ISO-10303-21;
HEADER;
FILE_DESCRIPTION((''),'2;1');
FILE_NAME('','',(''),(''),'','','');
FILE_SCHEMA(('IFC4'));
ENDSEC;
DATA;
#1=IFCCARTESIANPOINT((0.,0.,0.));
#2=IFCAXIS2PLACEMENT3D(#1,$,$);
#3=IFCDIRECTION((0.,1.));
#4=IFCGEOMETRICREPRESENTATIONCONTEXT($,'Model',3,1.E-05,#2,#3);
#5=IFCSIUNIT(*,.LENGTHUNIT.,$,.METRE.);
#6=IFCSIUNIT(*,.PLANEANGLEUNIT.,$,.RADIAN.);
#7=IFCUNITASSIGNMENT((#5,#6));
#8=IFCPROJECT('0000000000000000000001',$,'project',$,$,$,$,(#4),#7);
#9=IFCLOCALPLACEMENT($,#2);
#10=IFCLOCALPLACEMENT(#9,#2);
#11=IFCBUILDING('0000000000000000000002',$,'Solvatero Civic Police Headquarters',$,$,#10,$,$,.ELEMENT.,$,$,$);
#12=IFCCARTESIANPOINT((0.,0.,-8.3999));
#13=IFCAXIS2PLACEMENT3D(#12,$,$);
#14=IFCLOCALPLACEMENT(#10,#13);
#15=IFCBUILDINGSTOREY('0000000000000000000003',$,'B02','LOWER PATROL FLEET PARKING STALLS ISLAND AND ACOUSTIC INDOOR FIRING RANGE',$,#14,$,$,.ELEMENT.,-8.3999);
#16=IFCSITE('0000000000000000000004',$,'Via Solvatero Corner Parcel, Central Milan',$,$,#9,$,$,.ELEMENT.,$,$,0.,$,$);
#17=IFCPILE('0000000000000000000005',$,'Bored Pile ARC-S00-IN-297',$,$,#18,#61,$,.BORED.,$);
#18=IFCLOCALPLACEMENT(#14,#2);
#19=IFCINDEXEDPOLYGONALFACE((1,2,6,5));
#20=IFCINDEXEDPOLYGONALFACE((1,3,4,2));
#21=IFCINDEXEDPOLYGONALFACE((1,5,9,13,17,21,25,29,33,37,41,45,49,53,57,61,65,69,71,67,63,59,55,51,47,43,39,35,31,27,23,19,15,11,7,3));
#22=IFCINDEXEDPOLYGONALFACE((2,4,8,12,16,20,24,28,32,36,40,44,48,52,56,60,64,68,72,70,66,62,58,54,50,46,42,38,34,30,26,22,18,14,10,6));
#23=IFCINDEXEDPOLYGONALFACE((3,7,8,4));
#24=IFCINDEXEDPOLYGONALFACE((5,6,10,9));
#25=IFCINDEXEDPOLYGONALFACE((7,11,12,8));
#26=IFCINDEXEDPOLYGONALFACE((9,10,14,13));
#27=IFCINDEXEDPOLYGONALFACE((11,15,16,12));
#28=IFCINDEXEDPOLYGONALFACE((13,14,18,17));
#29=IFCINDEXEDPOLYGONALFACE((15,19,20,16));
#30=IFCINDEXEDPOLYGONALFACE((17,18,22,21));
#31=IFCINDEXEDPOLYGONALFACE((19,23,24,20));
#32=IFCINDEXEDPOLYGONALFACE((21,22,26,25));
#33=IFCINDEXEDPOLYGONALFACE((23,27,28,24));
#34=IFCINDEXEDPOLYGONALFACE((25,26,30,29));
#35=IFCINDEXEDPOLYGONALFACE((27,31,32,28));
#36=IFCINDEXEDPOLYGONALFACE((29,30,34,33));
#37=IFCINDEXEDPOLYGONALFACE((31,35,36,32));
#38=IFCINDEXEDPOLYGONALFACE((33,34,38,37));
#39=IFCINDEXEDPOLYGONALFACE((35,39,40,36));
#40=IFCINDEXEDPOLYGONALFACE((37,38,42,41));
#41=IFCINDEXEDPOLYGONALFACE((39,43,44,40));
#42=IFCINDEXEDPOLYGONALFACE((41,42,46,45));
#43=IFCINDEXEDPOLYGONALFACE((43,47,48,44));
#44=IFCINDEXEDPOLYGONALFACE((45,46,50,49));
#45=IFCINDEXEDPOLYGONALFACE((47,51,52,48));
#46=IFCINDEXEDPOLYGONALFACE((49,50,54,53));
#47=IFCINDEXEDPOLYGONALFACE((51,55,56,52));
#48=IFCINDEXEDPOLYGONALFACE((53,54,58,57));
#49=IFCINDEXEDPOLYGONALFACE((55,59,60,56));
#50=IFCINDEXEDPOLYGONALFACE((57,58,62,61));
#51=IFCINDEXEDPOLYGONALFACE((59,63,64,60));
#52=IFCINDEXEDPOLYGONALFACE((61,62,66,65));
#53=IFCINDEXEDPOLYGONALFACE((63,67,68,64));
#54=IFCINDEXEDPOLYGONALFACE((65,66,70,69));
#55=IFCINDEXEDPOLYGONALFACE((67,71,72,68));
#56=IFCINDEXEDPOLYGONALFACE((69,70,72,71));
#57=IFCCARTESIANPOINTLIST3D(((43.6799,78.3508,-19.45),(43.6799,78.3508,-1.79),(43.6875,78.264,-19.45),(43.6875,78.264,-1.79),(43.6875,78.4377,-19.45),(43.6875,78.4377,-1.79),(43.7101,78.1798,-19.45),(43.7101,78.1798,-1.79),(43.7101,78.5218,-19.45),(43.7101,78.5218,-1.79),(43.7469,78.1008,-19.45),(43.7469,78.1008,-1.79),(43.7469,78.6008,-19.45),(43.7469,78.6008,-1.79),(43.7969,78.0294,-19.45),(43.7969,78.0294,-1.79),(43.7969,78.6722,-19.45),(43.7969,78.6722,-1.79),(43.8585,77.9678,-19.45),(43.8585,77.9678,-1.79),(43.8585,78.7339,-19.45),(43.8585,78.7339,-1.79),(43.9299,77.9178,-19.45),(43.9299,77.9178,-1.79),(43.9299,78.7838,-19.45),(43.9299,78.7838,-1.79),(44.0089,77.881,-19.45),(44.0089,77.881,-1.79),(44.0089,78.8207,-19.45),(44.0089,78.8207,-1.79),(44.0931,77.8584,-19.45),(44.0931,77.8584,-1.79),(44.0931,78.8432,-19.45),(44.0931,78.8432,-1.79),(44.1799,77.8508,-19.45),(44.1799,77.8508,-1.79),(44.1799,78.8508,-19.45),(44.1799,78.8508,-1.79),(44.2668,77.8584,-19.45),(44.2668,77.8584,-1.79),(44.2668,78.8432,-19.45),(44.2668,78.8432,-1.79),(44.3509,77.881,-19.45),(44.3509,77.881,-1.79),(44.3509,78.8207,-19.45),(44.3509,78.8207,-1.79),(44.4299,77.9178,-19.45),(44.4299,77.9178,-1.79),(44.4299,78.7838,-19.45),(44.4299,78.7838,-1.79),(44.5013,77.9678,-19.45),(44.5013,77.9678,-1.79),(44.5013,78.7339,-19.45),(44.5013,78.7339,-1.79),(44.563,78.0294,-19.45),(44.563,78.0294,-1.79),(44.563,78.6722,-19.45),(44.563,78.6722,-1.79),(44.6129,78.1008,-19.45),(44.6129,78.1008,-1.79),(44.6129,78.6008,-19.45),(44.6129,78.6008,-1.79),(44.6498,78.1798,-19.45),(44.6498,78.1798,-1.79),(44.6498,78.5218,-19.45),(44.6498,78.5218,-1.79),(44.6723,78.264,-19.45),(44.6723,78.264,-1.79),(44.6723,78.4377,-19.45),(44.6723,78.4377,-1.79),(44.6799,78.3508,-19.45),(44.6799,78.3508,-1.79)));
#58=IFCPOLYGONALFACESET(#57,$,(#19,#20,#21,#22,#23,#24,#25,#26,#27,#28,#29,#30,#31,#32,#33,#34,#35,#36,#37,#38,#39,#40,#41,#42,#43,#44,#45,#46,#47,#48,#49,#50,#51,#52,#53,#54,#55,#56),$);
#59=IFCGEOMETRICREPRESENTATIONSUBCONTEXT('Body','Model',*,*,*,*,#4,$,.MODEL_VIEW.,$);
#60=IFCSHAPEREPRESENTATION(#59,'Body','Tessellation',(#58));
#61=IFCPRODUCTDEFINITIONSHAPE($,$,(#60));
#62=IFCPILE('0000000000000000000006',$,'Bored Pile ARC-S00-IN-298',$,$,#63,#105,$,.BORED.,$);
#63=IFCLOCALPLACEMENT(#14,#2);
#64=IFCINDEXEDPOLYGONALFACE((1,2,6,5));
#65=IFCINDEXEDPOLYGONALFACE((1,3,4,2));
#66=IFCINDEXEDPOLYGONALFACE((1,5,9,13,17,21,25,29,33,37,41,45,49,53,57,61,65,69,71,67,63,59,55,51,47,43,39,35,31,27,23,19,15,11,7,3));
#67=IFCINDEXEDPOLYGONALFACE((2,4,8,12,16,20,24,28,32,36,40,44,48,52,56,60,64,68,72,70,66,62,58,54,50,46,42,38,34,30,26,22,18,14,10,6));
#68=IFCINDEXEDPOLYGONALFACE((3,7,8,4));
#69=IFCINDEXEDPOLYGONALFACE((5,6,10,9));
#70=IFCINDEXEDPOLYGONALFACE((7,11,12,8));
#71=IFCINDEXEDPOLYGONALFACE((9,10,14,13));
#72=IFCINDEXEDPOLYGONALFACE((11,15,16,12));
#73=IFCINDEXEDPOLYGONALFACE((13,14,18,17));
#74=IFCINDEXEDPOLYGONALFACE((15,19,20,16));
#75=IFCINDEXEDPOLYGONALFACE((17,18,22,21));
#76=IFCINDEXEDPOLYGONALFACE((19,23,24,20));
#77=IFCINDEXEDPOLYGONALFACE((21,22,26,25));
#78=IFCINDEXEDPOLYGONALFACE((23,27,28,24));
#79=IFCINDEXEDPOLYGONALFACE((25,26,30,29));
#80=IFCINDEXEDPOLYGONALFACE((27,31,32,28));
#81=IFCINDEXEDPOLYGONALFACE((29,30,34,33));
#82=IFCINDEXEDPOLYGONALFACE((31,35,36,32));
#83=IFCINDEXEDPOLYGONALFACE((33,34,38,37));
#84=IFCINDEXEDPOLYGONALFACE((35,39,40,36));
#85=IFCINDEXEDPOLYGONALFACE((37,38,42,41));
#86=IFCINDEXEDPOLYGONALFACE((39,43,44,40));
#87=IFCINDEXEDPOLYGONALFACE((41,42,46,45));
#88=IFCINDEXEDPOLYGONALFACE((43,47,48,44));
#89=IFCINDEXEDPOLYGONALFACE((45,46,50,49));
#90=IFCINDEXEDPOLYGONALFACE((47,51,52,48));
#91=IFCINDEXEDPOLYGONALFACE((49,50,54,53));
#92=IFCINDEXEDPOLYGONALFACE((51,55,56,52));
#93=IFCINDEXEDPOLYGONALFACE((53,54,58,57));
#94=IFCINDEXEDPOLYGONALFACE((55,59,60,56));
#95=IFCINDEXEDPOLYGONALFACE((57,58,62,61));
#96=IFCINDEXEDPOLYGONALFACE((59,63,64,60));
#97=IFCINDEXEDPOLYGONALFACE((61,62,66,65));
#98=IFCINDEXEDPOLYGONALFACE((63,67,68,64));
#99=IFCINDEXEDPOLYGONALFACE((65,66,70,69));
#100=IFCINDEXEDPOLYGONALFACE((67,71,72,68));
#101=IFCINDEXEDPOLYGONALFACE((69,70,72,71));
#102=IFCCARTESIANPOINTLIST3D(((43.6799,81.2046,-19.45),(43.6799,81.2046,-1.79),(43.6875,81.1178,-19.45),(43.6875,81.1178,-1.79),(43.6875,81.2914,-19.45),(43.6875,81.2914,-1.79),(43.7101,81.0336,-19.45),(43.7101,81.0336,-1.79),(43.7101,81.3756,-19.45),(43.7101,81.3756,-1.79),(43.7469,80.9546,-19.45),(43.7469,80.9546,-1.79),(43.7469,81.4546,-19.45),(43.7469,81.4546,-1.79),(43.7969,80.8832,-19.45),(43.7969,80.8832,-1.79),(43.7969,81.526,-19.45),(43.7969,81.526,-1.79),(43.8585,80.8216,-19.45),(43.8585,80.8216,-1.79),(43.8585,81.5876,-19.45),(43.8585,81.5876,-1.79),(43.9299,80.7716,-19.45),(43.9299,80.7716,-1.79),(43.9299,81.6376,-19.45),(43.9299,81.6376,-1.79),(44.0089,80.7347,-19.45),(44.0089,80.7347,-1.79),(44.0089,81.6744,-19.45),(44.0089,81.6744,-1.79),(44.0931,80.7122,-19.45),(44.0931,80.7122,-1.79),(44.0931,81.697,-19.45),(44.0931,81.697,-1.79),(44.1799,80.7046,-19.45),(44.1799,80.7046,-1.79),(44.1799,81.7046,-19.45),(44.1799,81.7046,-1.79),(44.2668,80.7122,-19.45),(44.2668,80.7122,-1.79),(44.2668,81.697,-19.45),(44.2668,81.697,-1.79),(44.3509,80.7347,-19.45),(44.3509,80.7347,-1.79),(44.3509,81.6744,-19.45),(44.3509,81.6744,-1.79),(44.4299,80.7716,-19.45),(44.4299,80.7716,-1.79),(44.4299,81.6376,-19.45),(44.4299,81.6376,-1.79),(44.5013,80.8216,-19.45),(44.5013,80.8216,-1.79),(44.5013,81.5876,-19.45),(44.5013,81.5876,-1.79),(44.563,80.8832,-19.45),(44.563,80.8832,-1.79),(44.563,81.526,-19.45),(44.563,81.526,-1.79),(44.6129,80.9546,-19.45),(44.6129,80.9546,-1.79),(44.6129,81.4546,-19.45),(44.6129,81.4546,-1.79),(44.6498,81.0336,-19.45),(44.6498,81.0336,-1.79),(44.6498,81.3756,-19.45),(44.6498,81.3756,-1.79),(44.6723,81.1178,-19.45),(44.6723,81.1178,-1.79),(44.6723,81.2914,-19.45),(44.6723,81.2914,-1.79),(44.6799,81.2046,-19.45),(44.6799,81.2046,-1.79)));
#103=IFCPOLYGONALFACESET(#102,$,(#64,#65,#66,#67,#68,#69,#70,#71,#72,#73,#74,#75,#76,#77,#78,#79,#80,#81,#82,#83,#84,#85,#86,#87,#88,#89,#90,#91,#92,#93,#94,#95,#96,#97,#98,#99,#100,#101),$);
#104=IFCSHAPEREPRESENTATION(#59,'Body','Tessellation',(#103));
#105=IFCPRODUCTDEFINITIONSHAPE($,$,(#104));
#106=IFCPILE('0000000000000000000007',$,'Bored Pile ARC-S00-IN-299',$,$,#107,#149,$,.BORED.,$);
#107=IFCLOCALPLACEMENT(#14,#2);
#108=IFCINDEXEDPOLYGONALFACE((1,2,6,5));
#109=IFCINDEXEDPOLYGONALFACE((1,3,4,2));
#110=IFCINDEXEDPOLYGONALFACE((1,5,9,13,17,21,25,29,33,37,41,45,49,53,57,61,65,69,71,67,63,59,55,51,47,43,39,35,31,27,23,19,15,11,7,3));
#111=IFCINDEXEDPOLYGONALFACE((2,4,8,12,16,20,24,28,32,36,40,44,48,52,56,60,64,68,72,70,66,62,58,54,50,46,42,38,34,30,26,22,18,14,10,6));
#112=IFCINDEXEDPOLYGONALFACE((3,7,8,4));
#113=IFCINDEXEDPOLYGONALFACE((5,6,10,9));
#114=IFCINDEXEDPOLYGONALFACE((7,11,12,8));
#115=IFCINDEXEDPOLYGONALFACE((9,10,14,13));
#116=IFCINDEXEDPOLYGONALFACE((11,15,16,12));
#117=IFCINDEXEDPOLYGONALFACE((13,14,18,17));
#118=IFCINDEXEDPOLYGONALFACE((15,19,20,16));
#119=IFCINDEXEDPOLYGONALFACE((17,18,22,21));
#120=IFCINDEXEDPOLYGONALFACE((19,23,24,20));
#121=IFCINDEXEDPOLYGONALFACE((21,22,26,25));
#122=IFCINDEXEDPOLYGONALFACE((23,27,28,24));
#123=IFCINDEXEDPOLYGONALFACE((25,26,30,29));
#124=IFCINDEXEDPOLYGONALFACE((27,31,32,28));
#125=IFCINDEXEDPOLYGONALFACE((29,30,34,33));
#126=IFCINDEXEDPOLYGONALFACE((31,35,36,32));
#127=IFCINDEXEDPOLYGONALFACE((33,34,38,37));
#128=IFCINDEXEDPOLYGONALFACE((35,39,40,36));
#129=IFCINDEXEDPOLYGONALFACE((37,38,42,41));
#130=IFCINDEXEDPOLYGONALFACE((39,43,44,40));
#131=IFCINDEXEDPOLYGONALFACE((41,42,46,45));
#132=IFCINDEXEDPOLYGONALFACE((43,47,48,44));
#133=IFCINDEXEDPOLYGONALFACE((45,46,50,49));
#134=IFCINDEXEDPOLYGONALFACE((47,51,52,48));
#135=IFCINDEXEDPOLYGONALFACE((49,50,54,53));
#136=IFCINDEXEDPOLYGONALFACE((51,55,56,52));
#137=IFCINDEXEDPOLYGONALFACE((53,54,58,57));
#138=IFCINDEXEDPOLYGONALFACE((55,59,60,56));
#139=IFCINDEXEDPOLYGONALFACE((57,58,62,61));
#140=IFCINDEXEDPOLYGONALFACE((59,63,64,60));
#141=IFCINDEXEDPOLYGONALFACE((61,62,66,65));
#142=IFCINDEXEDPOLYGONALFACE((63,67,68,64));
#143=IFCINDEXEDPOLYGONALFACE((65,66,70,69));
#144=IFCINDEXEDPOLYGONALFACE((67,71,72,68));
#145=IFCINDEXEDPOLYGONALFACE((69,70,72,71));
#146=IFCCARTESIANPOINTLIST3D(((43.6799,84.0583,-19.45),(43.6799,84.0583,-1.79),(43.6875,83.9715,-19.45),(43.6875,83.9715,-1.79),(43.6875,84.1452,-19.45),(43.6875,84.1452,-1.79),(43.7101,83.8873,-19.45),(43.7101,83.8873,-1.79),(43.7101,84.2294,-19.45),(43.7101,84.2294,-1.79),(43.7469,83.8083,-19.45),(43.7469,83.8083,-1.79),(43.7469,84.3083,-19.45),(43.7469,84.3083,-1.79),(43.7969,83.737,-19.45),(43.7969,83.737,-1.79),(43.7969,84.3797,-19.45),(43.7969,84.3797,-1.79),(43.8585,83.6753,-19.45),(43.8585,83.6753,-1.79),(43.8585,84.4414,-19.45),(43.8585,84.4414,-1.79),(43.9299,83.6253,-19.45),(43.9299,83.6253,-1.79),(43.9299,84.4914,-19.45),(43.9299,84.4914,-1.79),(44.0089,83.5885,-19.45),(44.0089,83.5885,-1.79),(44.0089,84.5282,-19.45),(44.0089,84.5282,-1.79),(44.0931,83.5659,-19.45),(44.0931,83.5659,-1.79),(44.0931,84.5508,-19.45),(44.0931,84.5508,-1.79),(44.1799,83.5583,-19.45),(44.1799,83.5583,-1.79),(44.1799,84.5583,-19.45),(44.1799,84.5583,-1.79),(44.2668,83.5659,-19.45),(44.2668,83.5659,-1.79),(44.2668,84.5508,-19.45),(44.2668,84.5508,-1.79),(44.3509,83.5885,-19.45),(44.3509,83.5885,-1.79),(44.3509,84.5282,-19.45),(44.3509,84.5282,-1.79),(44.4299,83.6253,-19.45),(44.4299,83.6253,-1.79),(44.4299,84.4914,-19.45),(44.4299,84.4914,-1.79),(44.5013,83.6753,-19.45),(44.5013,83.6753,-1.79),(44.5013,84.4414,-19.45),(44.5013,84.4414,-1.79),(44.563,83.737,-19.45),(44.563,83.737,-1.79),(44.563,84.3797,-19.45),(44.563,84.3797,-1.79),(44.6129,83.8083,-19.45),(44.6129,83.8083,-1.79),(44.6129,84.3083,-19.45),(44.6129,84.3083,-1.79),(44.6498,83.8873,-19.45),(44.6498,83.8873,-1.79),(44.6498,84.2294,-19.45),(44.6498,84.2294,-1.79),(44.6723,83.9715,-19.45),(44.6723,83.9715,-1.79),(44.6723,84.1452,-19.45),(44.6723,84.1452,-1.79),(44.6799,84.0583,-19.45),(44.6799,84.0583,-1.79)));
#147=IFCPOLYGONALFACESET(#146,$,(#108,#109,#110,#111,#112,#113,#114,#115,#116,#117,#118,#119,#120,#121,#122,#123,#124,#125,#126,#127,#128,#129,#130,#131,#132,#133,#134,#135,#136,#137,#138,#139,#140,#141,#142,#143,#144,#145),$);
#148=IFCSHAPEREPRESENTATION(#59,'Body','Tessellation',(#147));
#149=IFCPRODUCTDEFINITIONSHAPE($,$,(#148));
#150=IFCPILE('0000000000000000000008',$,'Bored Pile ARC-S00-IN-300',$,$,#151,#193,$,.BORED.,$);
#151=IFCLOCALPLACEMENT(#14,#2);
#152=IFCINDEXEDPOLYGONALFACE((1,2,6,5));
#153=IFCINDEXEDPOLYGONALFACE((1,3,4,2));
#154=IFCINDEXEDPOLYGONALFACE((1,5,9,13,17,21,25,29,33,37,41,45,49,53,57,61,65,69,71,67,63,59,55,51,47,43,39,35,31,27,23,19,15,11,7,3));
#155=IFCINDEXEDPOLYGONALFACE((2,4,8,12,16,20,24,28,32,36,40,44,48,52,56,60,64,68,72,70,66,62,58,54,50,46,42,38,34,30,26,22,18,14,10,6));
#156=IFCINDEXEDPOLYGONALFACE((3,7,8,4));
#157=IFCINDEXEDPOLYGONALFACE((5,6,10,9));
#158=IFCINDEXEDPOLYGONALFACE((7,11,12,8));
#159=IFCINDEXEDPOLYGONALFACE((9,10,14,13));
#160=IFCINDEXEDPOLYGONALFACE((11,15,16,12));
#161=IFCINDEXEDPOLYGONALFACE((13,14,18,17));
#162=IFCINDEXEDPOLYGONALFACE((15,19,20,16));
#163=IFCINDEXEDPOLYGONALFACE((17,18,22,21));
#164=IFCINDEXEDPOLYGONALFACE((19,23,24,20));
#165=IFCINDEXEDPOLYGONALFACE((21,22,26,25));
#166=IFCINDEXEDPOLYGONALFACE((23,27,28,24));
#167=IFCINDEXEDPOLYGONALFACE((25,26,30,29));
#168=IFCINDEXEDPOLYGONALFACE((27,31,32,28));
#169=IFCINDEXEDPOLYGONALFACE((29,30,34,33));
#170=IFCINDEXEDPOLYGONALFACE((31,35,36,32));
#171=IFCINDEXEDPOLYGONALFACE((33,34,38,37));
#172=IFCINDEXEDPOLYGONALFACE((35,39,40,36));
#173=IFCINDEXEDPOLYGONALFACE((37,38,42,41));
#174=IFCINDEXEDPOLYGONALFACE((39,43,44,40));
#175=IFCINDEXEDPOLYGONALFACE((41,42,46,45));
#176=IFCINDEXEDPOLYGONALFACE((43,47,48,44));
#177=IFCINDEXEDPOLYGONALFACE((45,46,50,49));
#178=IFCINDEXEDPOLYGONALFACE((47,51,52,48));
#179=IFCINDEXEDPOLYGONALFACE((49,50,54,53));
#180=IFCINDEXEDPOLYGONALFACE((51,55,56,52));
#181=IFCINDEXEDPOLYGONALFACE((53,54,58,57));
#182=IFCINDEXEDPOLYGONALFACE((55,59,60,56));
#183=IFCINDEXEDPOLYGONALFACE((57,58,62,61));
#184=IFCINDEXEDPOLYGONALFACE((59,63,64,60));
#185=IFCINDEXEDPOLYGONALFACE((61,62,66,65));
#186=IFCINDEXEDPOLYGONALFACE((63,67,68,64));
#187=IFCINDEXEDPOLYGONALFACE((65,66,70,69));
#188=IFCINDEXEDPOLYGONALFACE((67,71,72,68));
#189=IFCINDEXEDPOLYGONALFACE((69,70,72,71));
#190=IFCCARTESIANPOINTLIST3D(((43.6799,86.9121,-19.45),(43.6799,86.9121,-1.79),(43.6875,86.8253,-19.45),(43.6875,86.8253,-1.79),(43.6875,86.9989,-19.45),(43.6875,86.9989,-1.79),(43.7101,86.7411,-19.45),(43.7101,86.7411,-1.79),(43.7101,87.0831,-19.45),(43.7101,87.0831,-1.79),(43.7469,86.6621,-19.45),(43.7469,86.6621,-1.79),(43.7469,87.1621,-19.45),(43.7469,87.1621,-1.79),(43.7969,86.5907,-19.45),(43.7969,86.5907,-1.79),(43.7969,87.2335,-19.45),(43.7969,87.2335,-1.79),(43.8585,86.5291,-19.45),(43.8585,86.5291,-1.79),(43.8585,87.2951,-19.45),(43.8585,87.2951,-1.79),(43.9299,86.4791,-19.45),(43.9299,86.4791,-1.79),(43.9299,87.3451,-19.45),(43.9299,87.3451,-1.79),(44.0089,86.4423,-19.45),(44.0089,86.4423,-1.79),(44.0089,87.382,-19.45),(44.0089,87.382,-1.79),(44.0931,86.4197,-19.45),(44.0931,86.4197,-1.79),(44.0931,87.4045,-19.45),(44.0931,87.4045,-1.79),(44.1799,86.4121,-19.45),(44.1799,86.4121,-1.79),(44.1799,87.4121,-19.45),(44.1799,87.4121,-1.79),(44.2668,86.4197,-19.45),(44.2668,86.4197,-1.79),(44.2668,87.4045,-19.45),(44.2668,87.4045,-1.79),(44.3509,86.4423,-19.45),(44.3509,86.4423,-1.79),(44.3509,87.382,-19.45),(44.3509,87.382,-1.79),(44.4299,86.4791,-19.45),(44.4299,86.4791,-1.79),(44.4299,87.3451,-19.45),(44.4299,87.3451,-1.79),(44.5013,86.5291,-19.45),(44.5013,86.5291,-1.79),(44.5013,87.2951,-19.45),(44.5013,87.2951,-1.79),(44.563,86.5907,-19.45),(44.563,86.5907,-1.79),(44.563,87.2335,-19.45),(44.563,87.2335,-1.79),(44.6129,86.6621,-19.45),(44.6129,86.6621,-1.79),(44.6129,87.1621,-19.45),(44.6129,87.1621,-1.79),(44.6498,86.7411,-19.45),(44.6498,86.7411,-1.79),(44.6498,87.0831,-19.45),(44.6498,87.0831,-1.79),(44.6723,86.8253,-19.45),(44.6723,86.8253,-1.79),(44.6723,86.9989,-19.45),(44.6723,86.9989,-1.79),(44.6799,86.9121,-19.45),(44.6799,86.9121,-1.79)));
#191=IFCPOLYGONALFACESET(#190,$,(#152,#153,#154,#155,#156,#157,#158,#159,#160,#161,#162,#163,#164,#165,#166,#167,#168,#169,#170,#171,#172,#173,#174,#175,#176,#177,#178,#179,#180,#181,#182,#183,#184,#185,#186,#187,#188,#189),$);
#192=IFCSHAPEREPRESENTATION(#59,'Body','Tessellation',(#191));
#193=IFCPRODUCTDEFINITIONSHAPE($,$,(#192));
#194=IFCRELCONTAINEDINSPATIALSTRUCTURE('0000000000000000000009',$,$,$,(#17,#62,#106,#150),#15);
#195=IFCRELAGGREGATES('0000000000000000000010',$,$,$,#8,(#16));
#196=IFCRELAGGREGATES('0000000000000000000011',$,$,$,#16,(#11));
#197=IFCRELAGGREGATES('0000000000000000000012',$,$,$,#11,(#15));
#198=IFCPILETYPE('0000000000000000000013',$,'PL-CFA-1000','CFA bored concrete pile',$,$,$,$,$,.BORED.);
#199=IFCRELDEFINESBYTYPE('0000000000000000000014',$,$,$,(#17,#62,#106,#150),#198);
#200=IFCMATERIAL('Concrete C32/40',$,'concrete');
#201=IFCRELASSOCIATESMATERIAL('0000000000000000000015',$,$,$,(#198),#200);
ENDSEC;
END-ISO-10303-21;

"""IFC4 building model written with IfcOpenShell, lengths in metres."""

from ifc_helpers import new_model, si_unit, direction, frame, origin, origin_2d, place, context, subcontext, project, spatial, circle, extrude, material, material_profile, profile_set, type_object, element, save


model = new_model("IFC4")

# Units and contexts
model_context = context("Model", 3, precision=1e-05, world=origin(), true_north=direction((0.0, 1.0)))
body_context = subcontext(model_context, "Body", "Model", "MODEL_VIEW")
ifc_project = project(units=[si_unit("LENGTHUNIT", "METRE"), si_unit("PLANEANGLEUNIT", "RADIAN")], contexts=[model_context])

# Site, building, storey
site_placement = place(None, origin())
site = spatial("IfcSite", under=ifc_project, at=site_placement, Name="Via Solvatero Corner Parcel, Central Milan", CompositionType="ELEMENT", RefElevation=0.0)
building_placement = place(site_placement, origin())
building = spatial("IfcBuilding", under=site, at=building_placement, Name="Solvatero Civic Police Headquarters", CompositionType="ELEMENT")
storey_placement = place(building_placement, frame((0.0, 0.0, -8.3999)))
storey = spatial("IfcBuildingStorey", under=building, at=storey_placement, Name="B02", Description="LOWER PATROL FLEET PARKING STALLS ISLAND AND ACOUSTIC INDOOR FIRING RANGE", CompositionType="ELEMENT", Elevation=-8.3999)

# Piles
ifc_material_1 = material(Name="Concrete C32/40", Category="concrete")
ifc_material_profile_1 = material_profile(ifc_material_1, circle(Radius=0.5, at=origin_2d()), Name="CFA PILE D1000")
ifc_profile_set_1 = profile_set([ifc_material_profile_1], Name="Concrete C32/40")
pile_type_1 = type_object("IfcPileType", Name="PL-CFA-1000", Description="CFA bored concrete pile", PredefinedType="BORED", material=ifc_profile_set_1)
for number, where, z_axis, x_axis, name in (
    (1, (44.1799, 78.3508, -1.79), (0.0, 0.0, -1.0), (1.0, 0.0, 0.0), "Bored Pile ARC-S00-IN-297"),
    (2, (44.1799, 81.2046, -1.79), (0.0, 0.0, -1.0), (1.0, 0.0, 0.0), "Bored Pile ARC-S00-IN-298"),
    (3, (44.1799, 84.0583, -1.79), (0.0, 0.0, -1.0), (1.0, 0.0, 0.0), "Bored Pile ARC-S00-IN-299"),
    (4, (44.1799, 86.9121, -1.79), (0.0, 0.0, -1.0), (1.0, 0.0, 0.0), "Bored Pile ARC-S00-IN-300"),
):
    element("IfcPile", number, at=place(storey_placement, frame(where, z_axis=z_axis, x_axis=x_axis)), inside=storey, type_object=pile_type_1, Name=name, PredefinedType="BORED", context=body_context, shape_type="SweptSolid", body=[
        extrude(circle(Radius=0.5, at=origin_2d()), origin(), (0.0, 0.0, 1.0), 17.6599),
    ])

save(model, "model.ifc")
